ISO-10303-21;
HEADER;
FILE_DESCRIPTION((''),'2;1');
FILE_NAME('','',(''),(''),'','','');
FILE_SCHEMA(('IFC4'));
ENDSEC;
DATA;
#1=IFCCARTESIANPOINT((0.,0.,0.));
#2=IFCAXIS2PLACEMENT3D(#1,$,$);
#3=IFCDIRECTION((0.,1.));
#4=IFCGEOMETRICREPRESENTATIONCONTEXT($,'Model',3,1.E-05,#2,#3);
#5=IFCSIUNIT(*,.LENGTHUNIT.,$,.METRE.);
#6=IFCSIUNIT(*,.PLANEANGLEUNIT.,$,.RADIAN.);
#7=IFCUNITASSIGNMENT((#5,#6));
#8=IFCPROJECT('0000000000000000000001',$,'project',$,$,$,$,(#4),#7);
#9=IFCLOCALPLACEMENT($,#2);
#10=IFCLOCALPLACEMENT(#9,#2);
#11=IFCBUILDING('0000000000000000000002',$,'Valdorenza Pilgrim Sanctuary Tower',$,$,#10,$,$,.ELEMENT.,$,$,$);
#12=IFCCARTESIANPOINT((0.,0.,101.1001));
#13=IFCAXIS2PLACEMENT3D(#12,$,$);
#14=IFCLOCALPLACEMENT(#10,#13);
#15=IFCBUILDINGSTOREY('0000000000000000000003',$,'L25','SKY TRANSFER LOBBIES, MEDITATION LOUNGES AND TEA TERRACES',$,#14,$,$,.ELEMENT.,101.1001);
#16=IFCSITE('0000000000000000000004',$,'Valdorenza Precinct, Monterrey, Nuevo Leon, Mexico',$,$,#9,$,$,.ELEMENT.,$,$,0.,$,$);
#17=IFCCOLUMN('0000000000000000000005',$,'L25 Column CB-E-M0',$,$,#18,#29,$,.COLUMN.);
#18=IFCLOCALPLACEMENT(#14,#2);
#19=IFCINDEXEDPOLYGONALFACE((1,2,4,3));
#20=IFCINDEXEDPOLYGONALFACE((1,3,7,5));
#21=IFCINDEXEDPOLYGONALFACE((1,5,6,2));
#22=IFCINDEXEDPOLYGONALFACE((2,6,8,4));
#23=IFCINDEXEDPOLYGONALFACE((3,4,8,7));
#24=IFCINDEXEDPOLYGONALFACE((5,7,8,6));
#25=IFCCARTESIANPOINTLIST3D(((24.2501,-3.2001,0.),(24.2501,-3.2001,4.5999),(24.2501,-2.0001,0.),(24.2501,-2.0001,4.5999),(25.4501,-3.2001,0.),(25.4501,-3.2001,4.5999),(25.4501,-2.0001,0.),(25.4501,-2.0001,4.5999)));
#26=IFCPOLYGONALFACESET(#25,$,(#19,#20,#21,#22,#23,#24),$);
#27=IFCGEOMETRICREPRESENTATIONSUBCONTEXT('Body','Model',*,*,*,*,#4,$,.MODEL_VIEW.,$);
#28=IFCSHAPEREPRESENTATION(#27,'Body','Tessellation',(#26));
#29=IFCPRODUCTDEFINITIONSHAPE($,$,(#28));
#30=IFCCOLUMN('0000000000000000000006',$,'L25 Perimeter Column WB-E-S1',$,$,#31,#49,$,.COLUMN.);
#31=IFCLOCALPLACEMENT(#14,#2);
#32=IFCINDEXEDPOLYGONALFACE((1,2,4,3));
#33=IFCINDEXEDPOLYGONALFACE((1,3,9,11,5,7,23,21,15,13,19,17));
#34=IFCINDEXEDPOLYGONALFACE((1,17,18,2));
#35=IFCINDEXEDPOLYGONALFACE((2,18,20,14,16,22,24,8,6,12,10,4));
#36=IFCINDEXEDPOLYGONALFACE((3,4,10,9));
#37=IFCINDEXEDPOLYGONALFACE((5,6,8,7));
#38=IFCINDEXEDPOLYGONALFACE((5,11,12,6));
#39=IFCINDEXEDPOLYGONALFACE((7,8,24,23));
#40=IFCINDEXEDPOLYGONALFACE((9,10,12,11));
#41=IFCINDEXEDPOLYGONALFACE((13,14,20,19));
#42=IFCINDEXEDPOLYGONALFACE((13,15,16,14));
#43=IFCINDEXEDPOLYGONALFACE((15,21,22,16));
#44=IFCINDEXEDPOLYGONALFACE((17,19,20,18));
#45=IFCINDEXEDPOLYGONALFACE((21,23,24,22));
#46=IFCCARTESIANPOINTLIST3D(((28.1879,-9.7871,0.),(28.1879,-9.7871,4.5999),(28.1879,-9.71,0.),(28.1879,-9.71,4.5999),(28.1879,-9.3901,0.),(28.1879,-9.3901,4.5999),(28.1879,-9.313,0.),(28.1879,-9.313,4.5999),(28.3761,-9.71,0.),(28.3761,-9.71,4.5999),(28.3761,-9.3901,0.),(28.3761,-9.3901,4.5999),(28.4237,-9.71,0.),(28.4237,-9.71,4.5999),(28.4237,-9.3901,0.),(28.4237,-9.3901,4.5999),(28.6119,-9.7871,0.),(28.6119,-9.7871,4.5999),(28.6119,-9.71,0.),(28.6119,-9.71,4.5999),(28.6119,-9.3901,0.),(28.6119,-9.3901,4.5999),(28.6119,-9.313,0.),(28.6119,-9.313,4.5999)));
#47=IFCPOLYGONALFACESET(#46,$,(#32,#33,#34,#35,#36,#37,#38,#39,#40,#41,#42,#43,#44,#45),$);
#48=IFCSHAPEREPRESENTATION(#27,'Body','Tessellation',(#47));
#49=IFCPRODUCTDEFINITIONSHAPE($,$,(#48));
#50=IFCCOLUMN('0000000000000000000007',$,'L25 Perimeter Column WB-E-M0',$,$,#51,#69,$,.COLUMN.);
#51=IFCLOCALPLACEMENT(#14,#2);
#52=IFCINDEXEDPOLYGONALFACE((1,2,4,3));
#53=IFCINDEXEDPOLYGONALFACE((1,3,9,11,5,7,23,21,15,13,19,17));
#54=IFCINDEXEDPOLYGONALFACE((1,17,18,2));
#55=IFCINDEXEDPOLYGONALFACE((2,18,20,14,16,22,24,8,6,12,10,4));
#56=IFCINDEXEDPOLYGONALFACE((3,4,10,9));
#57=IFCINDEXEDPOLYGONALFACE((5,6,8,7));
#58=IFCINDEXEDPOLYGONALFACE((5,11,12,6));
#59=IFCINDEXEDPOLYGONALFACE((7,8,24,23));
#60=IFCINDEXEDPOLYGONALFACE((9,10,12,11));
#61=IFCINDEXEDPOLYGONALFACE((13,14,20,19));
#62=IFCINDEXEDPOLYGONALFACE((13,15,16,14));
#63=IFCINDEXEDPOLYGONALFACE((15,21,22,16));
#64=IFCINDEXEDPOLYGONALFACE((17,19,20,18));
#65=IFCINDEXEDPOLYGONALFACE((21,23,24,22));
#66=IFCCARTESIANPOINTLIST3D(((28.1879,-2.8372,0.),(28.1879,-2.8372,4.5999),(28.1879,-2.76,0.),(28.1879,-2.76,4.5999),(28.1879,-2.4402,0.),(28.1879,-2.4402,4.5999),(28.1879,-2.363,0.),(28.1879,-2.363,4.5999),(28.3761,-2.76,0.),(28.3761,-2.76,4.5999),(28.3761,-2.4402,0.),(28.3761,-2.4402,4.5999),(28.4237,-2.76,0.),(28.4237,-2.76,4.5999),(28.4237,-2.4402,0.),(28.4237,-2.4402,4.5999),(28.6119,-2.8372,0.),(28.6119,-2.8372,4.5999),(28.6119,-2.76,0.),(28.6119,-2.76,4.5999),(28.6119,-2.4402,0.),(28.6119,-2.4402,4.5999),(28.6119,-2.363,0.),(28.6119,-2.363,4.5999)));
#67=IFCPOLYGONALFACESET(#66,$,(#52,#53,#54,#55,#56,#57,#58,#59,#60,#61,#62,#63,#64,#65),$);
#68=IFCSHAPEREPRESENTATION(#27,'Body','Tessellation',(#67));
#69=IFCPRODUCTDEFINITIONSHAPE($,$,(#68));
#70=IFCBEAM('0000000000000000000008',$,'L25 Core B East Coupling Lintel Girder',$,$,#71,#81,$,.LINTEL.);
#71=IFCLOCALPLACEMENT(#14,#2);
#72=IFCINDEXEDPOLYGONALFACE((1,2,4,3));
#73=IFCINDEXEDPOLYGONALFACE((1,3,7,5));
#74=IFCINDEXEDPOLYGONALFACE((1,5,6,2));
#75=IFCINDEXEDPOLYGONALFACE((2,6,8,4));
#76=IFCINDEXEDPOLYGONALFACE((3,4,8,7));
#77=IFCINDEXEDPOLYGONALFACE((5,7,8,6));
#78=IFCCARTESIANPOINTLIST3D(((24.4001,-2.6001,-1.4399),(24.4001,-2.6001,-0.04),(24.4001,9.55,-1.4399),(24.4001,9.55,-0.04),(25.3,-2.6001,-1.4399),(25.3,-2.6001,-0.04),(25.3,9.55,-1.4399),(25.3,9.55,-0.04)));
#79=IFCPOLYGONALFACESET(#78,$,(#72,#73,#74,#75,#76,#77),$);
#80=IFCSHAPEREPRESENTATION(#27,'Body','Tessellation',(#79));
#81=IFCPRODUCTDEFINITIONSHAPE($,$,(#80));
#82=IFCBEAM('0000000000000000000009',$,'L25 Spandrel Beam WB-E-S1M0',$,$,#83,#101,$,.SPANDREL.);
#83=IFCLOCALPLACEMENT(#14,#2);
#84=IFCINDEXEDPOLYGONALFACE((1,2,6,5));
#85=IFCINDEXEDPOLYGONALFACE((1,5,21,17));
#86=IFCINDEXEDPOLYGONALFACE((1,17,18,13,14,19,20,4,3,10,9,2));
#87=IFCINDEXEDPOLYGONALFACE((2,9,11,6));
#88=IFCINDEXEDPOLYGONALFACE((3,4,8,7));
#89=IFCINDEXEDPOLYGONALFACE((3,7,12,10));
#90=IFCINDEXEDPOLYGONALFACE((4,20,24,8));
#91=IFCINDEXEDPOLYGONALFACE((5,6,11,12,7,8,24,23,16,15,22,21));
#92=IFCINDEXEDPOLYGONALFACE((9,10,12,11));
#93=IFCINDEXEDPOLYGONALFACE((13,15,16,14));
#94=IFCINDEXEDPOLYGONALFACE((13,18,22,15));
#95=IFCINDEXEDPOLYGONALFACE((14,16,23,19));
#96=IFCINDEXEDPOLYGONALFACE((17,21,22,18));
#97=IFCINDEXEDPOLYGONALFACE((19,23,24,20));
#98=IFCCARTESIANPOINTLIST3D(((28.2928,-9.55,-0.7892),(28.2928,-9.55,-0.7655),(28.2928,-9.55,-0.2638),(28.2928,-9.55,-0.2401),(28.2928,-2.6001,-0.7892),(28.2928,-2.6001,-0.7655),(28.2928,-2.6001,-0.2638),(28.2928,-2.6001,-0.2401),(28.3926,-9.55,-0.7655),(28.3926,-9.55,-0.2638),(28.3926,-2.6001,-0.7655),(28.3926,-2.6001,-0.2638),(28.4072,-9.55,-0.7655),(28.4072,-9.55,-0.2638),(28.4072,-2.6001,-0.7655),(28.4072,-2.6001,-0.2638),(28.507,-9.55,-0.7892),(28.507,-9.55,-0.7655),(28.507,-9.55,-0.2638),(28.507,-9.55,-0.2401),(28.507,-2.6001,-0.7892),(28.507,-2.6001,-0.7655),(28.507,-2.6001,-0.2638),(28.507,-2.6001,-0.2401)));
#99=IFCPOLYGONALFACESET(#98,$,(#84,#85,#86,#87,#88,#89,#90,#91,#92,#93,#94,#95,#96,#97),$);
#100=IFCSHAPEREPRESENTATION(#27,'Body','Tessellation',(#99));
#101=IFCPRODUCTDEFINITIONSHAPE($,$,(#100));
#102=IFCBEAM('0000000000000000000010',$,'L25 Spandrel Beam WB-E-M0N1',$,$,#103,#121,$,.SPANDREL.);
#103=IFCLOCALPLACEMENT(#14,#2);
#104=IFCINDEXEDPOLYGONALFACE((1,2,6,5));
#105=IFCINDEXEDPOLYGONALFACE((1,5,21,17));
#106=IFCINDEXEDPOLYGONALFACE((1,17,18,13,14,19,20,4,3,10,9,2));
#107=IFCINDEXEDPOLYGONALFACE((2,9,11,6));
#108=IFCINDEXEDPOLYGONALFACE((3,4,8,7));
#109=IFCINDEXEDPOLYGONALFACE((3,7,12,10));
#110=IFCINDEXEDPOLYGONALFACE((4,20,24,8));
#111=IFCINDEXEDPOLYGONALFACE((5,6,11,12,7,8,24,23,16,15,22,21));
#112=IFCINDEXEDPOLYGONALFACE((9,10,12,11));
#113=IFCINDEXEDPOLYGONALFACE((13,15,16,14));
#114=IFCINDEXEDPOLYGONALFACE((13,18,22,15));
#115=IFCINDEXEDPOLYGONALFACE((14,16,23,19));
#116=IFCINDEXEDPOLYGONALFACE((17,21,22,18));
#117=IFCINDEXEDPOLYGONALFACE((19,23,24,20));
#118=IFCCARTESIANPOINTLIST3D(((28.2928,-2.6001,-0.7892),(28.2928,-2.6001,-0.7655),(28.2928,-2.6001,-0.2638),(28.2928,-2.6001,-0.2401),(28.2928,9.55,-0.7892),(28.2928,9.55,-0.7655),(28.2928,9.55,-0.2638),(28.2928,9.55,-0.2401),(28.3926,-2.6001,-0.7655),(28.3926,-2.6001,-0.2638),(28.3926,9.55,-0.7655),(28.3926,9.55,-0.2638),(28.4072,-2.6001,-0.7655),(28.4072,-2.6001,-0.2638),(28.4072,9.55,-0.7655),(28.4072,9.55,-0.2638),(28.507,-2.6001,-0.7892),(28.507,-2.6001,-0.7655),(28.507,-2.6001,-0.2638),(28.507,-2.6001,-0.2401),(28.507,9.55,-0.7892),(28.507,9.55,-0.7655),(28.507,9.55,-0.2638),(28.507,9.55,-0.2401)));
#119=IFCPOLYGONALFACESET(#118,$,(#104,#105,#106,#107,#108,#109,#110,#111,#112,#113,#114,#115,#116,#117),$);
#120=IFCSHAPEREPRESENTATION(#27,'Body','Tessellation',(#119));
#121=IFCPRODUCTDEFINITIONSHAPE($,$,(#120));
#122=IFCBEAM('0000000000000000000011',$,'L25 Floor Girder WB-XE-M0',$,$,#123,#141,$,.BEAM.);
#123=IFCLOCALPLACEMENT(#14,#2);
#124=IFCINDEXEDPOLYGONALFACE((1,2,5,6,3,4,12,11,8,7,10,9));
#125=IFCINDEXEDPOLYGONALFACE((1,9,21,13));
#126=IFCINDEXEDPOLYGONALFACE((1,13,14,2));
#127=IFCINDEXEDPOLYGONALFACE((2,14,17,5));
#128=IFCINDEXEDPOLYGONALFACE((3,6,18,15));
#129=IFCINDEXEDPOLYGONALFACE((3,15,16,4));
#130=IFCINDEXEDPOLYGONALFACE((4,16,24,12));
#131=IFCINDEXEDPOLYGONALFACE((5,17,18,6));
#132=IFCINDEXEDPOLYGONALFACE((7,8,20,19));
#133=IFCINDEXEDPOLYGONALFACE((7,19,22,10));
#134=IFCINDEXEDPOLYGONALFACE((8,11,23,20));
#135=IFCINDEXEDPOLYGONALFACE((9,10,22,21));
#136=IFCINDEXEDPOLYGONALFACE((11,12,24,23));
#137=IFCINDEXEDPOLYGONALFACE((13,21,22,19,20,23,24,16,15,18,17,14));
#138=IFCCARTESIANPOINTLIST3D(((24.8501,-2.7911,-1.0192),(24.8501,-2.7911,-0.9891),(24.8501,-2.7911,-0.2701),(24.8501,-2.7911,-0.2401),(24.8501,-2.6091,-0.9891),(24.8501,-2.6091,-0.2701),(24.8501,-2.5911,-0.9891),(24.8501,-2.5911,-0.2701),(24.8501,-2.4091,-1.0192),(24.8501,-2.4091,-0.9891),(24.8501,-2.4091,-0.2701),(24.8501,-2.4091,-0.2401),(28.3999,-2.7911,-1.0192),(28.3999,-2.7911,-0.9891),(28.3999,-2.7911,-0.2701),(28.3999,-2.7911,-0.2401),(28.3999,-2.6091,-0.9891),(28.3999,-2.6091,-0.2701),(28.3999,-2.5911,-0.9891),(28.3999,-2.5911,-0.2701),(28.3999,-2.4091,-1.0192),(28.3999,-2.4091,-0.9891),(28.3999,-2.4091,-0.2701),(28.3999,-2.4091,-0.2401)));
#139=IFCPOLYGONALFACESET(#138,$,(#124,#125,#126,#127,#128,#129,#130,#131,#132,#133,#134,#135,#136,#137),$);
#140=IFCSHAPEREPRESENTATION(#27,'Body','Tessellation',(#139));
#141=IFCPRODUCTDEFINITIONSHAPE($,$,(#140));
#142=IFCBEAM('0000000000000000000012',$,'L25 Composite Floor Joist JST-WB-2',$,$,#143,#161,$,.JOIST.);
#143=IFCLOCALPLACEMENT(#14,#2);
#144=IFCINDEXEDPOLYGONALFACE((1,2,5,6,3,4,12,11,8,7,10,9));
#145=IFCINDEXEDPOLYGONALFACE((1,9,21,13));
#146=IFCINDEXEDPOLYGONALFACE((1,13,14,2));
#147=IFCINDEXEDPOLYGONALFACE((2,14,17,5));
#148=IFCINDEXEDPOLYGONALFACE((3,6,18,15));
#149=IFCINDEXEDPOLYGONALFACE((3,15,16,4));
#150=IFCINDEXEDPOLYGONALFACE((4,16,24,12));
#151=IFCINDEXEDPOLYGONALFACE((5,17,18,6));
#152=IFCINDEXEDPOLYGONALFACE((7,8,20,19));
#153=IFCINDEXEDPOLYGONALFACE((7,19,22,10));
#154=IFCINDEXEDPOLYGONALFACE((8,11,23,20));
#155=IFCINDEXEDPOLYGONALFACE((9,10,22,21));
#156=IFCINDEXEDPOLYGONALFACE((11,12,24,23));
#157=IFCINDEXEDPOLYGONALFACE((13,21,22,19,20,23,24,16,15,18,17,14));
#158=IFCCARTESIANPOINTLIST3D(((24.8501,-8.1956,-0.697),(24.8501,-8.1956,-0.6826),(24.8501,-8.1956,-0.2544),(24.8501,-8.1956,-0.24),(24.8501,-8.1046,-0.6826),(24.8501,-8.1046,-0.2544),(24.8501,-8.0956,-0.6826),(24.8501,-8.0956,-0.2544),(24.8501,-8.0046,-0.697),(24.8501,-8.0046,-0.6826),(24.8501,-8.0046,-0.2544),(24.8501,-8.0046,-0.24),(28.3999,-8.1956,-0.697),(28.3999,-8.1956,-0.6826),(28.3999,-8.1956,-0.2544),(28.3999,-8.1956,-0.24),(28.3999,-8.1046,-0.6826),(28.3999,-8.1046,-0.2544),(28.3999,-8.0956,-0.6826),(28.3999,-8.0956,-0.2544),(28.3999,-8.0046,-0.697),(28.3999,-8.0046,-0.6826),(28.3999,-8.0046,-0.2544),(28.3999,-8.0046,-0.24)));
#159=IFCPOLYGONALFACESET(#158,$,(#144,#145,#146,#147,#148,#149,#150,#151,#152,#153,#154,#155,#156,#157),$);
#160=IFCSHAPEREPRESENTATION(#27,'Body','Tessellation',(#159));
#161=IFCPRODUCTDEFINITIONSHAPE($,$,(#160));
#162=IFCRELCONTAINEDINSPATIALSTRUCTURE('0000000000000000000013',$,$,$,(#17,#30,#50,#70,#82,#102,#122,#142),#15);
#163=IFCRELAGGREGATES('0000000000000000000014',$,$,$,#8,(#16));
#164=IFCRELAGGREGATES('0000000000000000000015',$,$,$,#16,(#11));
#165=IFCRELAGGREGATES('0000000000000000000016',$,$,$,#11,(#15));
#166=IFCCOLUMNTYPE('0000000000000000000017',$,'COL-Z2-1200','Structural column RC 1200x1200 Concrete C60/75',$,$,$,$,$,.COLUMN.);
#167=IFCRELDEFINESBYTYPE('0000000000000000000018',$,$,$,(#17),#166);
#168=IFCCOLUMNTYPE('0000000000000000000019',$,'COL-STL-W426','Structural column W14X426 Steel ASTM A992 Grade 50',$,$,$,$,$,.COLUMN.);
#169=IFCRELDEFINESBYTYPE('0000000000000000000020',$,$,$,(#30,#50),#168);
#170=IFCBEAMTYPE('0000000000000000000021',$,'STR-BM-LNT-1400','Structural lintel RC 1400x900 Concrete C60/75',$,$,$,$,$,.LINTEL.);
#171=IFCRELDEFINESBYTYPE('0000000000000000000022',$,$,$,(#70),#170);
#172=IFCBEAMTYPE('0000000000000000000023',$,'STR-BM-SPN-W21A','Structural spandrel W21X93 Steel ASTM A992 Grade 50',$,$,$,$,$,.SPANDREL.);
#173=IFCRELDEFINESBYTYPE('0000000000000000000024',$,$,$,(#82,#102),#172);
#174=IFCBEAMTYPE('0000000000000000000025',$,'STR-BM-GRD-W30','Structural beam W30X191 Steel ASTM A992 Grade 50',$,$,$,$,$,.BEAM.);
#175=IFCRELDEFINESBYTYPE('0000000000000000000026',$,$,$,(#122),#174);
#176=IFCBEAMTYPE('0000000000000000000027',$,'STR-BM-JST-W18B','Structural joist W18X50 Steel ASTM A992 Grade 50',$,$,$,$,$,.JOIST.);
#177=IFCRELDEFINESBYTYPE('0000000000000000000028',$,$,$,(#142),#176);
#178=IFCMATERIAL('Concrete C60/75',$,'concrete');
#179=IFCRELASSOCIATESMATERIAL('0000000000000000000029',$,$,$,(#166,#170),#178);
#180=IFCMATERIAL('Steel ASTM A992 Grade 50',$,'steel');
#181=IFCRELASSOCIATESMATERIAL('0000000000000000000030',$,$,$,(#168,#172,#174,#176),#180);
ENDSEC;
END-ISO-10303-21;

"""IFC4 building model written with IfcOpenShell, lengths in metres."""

from ifc_helpers import new_model, si_unit, direction, frame, origin, origin_2d, place, context, subcontext, project, spatial, rectangle, i_section, extrude, source, transform, mapped, material, material_profile, profile_set, type_object, element, save


model = new_model("IFC4")

# Units and contexts
model_context = context("Model", 3, precision=1e-05, world=origin(), true_north=direction((0.0, 1.0)))
body_context = subcontext(model_context, "Body", "Model", "MODEL_VIEW")
ifc_project = project(units=[si_unit("LENGTHUNIT", "METRE"), si_unit("PLANEANGLEUNIT", "RADIAN")], contexts=[model_context])

# Site, building, storey
site_placement = place(None, origin())
site = spatial("IfcSite", under=ifc_project, at=site_placement, Name="Valdorenza Precinct, Monterrey, Nuevo Leon, Mexico", CompositionType="ELEMENT", RefElevation=0.0)
building_placement = place(site_placement, origin())
building = spatial("IfcBuilding", under=site, at=building_placement, Name="Valdorenza Pilgrim Sanctuary Tower", CompositionType="ELEMENT")
storey_placement = place(building_placement, frame((0.0, 0.0, 101.1001)))
storey = spatial("IfcBuildingStorey", under=building, at=storey_placement, Name="L25", Description="SKY TRANSFER LOBBIES, MEDITATION LOUNGES AND TEA TERRACES", CompositionType="ELEMENT", Elevation=101.1001)

# Columns
ifc_material_1 = material(Name="Concrete C60/75", Category="concrete")
ifc_material_profile_1 = material_profile(ifc_material_1, rectangle(XDim=1.2, YDim=1.2, at=origin_2d()), Name="RC 1200x1200")
ifc_profile_set_1 = profile_set([ifc_material_profile_1], Name="Concrete C60/75")
column_type_1 = type_object("IfcColumnType", Name="COL-Z2-1200", Description="Structural column RC 1200x1200 Concrete C60/75", PredefinedType="COLUMN", material=ifc_profile_set_1)
shared_shape_1 = source(origin(), body_context, "Body", "SweptSolid", [
    extrude(rectangle(XDim=1.2, YDim=1.2, at=origin_2d()), origin(), (0.0, 0.0, 1.0), 4.5999),
])
column_placement = place(storey_placement, frame((24.8501, -2.6001, 0.0), z_axis=(0.0, 0.0, 1.0), x_axis=(1.0, 0.0, 0.0)))
element("IfcColumn", 1, at=column_placement, inside=storey, type_object=column_type_1, Name="L25 Column CB-E-M0", PredefinedType="COLUMN", context=body_context, shape_type="MappedRepresentation", body=[
    mapped(shared_shape_1, transform((0.0, 0.0, 0.0), x_axis=(1.0, 0.0, 0.0), y_axis=(0.0, 1.0, 0.0), z_axis=(0.0, 0.0, 1.0), scale=1.0)),
])
ifc_material_2 = material(Name="Steel ASTM A992 Grade 50", Category="steel")
ifc_material_profile_2 = material_profile(ifc_material_2, i_section(OverallWidth=0.4241, OverallDepth=0.4741, WebThickness=0.0476, FlangeThickness=0.0771, at=origin_2d()), Name="W14X426")
ifc_profile_set_2 = profile_set([ifc_material_profile_2], Name="Steel ASTM A992 Grade 50")
column_type_2 = type_object("IfcColumnType", Name="COL-STL-W426", Description="Structural column W14X426 Steel ASTM A992 Grade 50", PredefinedType="COLUMN", material=ifc_profile_set_2)
shared_shape_2 = source(origin(), body_context, "Body", "SweptSolid", [
    extrude(i_section(OverallWidth=0.4241, OverallDepth=0.4741, WebThickness=0.0476, FlangeThickness=0.0771, at=origin_2d()), origin(), (0.0, 0.0, 1.0), 4.5999),
])
for number, where, z_axis, x_axis, name in (
    (2, (28.3999, -9.55, 0.0), (0.0, 0.0, 1.0), (1.0, 0.0, 0.0), "L25 Perimeter Column WB-E-S1"),
    (3, (28.3999, -2.6001, 0.0), (0.0, 0.0, 1.0), (1.0, 0.0, 0.0), "L25 Perimeter Column WB-E-M0"),
):
    element("IfcColumn", number, at=place(storey_placement, frame(where, z_axis=z_axis, x_axis=x_axis)), inside=storey, type_object=column_type_2, Name=name, PredefinedType="COLUMN", context=body_context, shape_type="MappedRepresentation", body=[
        mapped(shared_shape_2, transform((0.0, 0.0, 0.0), x_axis=(1.0, 0.0, 0.0), y_axis=(0.0, 1.0, 0.0), z_axis=(0.0, 0.0, 1.0), scale=1.0)),
    ])

# Beams
ifc_material_profile_3 = material_profile(ifc_material_1, rectangle(XDim=0.8999, YDim=1.3999, at=origin_2d()), Name="RC 1400x900")
ifc_profile_set_3 = profile_set([ifc_material_profile_3], Name="Concrete C60/75")
beam_type_1 = type_object("IfcBeamType", Name="STR-BM-LNT-1400", Description="Structural lintel RC 1400x900 Concrete C60/75", PredefinedType="LINTEL", material=ifc_profile_set_3)
shared_shape_3 = source(origin(), body_context, "Body", "SweptSolid", [
    extrude(rectangle(XDim=0.8999, YDim=1.3999, at=origin_2d()), origin(), (0.0, 0.0, 1.0), 12.1501),
])
beam_1_placement = place(storey_placement, frame((24.8501, -2.6001, -0.74), z_axis=(0.0, 1.0, 0.0), x_axis=(-1.0, 0.0, 0.0)))
element("IfcBeam", 4, at=beam_1_placement, inside=storey, type_object=beam_type_1, Name="L25 Core B East Coupling Lintel Girder", PredefinedType="LINTEL", context=body_context, shape_type="MappedRepresentation", body=[
    mapped(shared_shape_3, transform((0.0, 0.0, 0.0), x_axis=(1.0, 0.0, 0.0), y_axis=(0.0, 1.0, 0.0), z_axis=(0.0, 0.0, 1.0), scale=1.0)),
])
ifc_material_profile_4 = material_profile(ifc_material_2, i_section(OverallWidth=0.2141, OverallDepth=0.5491, WebThickness=0.0146, FlangeThickness=0.0237, at=origin_2d()), Name="W21X93")
ifc_profile_set_4 = profile_set([ifc_material_profile_4], Name="Steel ASTM A992 Grade 50")
beam_type_2 = type_object("IfcBeamType", Name="STR-BM-SPN-W21A", Description="Structural spandrel W21X93 Steel ASTM A992 Grade 50", PredefinedType="SPANDREL", material=ifc_profile_set_4)
shared_shape_4 = source(origin(), body_context, "Body", "SweptSolid", [
    extrude(i_section(OverallWidth=0.2141, OverallDepth=0.5491, WebThickness=0.0146, FlangeThickness=0.0237, at=origin_2d()), origin(), (0.0, 0.0, 1.0), 6.95),
])
beam_2_placement = place(storey_placement, frame((28.3999, -9.55, -0.5146), z_axis=(0.0, 1.0, 0.0), x_axis=(-1.0, 0.0, 0.0)))
element("IfcBeam", 5, at=beam_2_placement, inside=storey, type_object=beam_type_2, Name="L25 Spandrel Beam WB-E-S1M0", PredefinedType="SPANDREL", context=body_context, shape_type="MappedRepresentation", body=[
    mapped(shared_shape_4, transform((0.0, 0.0, 0.0), x_axis=(1.0, 0.0, 0.0), y_axis=(0.0, 1.0, 0.0), z_axis=(0.0, 0.0, 1.0), scale=1.0)),
])
shared_shape_5 = source(origin(), body_context, "Body", "SweptSolid", [
    extrude(i_section(OverallWidth=0.2141, OverallDepth=0.5491, WebThickness=0.0146, FlangeThickness=0.0237, at=origin_2d()), origin(), (0.0, 0.0, 1.0), 12.1501),
])
beam_3_placement = place(storey_placement, frame((28.3999, -2.6001, -0.5146), z_axis=(0.0, 1.0, 0.0), x_axis=(-1.0, 0.0, 0.0)))
element("IfcBeam", 6, at=beam_3_placement, inside=storey, type_object=beam_type_2, Name="L25 Spandrel Beam WB-E-M0N1", PredefinedType="SPANDREL", context=body_context, shape_type="MappedRepresentation", body=[
    mapped(shared_shape_5, transform((0.0, 0.0, 0.0), x_axis=(1.0, 0.0, 0.0), y_axis=(0.0, 1.0, 0.0), z_axis=(0.0, 0.0, 1.0), scale=1.0)),
])
ifc_material_profile_5 = material_profile(ifc_material_2, i_section(OverallWidth=0.3821, OverallDepth=0.7791, WebThickness=0.0181, FlangeThickness=0.03, at=origin_2d()), Name="W30X191")
ifc_profile_set_5 = profile_set([ifc_material_profile_5], Name="Steel ASTM A992 Grade 50")
beam_type_3 = type_object("IfcBeamType", Name="STR-BM-GRD-W30", Description="Structural beam W30X191 Steel ASTM A992 Grade 50", PredefinedType="BEAM", material=ifc_profile_set_5)
shared_shape_6 = source(origin(), body_context, "Body", "SweptSolid", [
    extrude(i_section(OverallWidth=0.3821, OverallDepth=0.7791, WebThickness=0.0181, FlangeThickness=0.03, at=origin_2d()), origin(), (0.0, 0.0, 1.0), 3.5498),
])
beam_4_placement = place(storey_placement, frame((24.8501, -2.6001, -0.6296), z_axis=(1.0, 0.0, 0.0), x_axis=(0.0, 1.0, 0.0)))
element("IfcBeam", 7, at=beam_4_placement, inside=storey, type_object=beam_type_3, Name="L25 Floor Girder WB-XE-M0", PredefinedType="BEAM", context=body_context, shape_type="MappedRepresentation", body=[
    mapped(shared_shape_6, transform((0.0, 0.0, 0.0), x_axis=(1.0, 0.0, 0.0), y_axis=(0.0, 1.0, 0.0), z_axis=(0.0, 0.0, 1.0), scale=1.0)),
])
ifc_material_profile_6 = material_profile(ifc_material_2, i_section(OverallWidth=0.1909, OverallDepth=0.457, WebThickness=0.009, FlangeThickness=0.0144, at=origin_2d()), Name="W18X50")
ifc_profile_set_6 = profile_set([ifc_material_profile_6], Name="Steel ASTM A992 Grade 50")
beam_type_4 = type_object("IfcBeamType", Name="STR-BM-JST-W18B", Description="Structural joist W18X50 Steel ASTM A992 Grade 50", PredefinedType="JOIST", material=ifc_profile_set_6)
shared_shape_7 = source(origin(), body_context, "Body", "SweptSolid", [
    extrude(i_section(OverallWidth=0.1909, OverallDepth=0.457, WebThickness=0.009, FlangeThickness=0.0144, at=origin_2d()), origin(), (0.0, 0.0, 1.0), 3.5498),
])
for number, where, z_axis, x_axis, name in (
    (8, (24.8501, -8.1001, -0.4685), (1.0, 0.0, 0.0), (0.0, 1.0, 0.0), "L25 Composite Floor Joist JST-WB-2"),
):
    element("IfcBeam", number, at=place(storey_placement, frame(where, z_axis=z_axis, x_axis=x_axis)), inside=storey, type_object=beam_type_4, Name=name, PredefinedType="JOIST", context=body_context, shape_type="MappedRepresentation", body=[
        mapped(shared_shape_7, transform((0.0, 0.0, 0.0), x_axis=(1.0, 0.0, 0.0), y_axis=(0.0, 1.0, 0.0), z_axis=(0.0, 0.0, 1.0), scale=1.0)),
    ])

save(model, "model.ifc")
